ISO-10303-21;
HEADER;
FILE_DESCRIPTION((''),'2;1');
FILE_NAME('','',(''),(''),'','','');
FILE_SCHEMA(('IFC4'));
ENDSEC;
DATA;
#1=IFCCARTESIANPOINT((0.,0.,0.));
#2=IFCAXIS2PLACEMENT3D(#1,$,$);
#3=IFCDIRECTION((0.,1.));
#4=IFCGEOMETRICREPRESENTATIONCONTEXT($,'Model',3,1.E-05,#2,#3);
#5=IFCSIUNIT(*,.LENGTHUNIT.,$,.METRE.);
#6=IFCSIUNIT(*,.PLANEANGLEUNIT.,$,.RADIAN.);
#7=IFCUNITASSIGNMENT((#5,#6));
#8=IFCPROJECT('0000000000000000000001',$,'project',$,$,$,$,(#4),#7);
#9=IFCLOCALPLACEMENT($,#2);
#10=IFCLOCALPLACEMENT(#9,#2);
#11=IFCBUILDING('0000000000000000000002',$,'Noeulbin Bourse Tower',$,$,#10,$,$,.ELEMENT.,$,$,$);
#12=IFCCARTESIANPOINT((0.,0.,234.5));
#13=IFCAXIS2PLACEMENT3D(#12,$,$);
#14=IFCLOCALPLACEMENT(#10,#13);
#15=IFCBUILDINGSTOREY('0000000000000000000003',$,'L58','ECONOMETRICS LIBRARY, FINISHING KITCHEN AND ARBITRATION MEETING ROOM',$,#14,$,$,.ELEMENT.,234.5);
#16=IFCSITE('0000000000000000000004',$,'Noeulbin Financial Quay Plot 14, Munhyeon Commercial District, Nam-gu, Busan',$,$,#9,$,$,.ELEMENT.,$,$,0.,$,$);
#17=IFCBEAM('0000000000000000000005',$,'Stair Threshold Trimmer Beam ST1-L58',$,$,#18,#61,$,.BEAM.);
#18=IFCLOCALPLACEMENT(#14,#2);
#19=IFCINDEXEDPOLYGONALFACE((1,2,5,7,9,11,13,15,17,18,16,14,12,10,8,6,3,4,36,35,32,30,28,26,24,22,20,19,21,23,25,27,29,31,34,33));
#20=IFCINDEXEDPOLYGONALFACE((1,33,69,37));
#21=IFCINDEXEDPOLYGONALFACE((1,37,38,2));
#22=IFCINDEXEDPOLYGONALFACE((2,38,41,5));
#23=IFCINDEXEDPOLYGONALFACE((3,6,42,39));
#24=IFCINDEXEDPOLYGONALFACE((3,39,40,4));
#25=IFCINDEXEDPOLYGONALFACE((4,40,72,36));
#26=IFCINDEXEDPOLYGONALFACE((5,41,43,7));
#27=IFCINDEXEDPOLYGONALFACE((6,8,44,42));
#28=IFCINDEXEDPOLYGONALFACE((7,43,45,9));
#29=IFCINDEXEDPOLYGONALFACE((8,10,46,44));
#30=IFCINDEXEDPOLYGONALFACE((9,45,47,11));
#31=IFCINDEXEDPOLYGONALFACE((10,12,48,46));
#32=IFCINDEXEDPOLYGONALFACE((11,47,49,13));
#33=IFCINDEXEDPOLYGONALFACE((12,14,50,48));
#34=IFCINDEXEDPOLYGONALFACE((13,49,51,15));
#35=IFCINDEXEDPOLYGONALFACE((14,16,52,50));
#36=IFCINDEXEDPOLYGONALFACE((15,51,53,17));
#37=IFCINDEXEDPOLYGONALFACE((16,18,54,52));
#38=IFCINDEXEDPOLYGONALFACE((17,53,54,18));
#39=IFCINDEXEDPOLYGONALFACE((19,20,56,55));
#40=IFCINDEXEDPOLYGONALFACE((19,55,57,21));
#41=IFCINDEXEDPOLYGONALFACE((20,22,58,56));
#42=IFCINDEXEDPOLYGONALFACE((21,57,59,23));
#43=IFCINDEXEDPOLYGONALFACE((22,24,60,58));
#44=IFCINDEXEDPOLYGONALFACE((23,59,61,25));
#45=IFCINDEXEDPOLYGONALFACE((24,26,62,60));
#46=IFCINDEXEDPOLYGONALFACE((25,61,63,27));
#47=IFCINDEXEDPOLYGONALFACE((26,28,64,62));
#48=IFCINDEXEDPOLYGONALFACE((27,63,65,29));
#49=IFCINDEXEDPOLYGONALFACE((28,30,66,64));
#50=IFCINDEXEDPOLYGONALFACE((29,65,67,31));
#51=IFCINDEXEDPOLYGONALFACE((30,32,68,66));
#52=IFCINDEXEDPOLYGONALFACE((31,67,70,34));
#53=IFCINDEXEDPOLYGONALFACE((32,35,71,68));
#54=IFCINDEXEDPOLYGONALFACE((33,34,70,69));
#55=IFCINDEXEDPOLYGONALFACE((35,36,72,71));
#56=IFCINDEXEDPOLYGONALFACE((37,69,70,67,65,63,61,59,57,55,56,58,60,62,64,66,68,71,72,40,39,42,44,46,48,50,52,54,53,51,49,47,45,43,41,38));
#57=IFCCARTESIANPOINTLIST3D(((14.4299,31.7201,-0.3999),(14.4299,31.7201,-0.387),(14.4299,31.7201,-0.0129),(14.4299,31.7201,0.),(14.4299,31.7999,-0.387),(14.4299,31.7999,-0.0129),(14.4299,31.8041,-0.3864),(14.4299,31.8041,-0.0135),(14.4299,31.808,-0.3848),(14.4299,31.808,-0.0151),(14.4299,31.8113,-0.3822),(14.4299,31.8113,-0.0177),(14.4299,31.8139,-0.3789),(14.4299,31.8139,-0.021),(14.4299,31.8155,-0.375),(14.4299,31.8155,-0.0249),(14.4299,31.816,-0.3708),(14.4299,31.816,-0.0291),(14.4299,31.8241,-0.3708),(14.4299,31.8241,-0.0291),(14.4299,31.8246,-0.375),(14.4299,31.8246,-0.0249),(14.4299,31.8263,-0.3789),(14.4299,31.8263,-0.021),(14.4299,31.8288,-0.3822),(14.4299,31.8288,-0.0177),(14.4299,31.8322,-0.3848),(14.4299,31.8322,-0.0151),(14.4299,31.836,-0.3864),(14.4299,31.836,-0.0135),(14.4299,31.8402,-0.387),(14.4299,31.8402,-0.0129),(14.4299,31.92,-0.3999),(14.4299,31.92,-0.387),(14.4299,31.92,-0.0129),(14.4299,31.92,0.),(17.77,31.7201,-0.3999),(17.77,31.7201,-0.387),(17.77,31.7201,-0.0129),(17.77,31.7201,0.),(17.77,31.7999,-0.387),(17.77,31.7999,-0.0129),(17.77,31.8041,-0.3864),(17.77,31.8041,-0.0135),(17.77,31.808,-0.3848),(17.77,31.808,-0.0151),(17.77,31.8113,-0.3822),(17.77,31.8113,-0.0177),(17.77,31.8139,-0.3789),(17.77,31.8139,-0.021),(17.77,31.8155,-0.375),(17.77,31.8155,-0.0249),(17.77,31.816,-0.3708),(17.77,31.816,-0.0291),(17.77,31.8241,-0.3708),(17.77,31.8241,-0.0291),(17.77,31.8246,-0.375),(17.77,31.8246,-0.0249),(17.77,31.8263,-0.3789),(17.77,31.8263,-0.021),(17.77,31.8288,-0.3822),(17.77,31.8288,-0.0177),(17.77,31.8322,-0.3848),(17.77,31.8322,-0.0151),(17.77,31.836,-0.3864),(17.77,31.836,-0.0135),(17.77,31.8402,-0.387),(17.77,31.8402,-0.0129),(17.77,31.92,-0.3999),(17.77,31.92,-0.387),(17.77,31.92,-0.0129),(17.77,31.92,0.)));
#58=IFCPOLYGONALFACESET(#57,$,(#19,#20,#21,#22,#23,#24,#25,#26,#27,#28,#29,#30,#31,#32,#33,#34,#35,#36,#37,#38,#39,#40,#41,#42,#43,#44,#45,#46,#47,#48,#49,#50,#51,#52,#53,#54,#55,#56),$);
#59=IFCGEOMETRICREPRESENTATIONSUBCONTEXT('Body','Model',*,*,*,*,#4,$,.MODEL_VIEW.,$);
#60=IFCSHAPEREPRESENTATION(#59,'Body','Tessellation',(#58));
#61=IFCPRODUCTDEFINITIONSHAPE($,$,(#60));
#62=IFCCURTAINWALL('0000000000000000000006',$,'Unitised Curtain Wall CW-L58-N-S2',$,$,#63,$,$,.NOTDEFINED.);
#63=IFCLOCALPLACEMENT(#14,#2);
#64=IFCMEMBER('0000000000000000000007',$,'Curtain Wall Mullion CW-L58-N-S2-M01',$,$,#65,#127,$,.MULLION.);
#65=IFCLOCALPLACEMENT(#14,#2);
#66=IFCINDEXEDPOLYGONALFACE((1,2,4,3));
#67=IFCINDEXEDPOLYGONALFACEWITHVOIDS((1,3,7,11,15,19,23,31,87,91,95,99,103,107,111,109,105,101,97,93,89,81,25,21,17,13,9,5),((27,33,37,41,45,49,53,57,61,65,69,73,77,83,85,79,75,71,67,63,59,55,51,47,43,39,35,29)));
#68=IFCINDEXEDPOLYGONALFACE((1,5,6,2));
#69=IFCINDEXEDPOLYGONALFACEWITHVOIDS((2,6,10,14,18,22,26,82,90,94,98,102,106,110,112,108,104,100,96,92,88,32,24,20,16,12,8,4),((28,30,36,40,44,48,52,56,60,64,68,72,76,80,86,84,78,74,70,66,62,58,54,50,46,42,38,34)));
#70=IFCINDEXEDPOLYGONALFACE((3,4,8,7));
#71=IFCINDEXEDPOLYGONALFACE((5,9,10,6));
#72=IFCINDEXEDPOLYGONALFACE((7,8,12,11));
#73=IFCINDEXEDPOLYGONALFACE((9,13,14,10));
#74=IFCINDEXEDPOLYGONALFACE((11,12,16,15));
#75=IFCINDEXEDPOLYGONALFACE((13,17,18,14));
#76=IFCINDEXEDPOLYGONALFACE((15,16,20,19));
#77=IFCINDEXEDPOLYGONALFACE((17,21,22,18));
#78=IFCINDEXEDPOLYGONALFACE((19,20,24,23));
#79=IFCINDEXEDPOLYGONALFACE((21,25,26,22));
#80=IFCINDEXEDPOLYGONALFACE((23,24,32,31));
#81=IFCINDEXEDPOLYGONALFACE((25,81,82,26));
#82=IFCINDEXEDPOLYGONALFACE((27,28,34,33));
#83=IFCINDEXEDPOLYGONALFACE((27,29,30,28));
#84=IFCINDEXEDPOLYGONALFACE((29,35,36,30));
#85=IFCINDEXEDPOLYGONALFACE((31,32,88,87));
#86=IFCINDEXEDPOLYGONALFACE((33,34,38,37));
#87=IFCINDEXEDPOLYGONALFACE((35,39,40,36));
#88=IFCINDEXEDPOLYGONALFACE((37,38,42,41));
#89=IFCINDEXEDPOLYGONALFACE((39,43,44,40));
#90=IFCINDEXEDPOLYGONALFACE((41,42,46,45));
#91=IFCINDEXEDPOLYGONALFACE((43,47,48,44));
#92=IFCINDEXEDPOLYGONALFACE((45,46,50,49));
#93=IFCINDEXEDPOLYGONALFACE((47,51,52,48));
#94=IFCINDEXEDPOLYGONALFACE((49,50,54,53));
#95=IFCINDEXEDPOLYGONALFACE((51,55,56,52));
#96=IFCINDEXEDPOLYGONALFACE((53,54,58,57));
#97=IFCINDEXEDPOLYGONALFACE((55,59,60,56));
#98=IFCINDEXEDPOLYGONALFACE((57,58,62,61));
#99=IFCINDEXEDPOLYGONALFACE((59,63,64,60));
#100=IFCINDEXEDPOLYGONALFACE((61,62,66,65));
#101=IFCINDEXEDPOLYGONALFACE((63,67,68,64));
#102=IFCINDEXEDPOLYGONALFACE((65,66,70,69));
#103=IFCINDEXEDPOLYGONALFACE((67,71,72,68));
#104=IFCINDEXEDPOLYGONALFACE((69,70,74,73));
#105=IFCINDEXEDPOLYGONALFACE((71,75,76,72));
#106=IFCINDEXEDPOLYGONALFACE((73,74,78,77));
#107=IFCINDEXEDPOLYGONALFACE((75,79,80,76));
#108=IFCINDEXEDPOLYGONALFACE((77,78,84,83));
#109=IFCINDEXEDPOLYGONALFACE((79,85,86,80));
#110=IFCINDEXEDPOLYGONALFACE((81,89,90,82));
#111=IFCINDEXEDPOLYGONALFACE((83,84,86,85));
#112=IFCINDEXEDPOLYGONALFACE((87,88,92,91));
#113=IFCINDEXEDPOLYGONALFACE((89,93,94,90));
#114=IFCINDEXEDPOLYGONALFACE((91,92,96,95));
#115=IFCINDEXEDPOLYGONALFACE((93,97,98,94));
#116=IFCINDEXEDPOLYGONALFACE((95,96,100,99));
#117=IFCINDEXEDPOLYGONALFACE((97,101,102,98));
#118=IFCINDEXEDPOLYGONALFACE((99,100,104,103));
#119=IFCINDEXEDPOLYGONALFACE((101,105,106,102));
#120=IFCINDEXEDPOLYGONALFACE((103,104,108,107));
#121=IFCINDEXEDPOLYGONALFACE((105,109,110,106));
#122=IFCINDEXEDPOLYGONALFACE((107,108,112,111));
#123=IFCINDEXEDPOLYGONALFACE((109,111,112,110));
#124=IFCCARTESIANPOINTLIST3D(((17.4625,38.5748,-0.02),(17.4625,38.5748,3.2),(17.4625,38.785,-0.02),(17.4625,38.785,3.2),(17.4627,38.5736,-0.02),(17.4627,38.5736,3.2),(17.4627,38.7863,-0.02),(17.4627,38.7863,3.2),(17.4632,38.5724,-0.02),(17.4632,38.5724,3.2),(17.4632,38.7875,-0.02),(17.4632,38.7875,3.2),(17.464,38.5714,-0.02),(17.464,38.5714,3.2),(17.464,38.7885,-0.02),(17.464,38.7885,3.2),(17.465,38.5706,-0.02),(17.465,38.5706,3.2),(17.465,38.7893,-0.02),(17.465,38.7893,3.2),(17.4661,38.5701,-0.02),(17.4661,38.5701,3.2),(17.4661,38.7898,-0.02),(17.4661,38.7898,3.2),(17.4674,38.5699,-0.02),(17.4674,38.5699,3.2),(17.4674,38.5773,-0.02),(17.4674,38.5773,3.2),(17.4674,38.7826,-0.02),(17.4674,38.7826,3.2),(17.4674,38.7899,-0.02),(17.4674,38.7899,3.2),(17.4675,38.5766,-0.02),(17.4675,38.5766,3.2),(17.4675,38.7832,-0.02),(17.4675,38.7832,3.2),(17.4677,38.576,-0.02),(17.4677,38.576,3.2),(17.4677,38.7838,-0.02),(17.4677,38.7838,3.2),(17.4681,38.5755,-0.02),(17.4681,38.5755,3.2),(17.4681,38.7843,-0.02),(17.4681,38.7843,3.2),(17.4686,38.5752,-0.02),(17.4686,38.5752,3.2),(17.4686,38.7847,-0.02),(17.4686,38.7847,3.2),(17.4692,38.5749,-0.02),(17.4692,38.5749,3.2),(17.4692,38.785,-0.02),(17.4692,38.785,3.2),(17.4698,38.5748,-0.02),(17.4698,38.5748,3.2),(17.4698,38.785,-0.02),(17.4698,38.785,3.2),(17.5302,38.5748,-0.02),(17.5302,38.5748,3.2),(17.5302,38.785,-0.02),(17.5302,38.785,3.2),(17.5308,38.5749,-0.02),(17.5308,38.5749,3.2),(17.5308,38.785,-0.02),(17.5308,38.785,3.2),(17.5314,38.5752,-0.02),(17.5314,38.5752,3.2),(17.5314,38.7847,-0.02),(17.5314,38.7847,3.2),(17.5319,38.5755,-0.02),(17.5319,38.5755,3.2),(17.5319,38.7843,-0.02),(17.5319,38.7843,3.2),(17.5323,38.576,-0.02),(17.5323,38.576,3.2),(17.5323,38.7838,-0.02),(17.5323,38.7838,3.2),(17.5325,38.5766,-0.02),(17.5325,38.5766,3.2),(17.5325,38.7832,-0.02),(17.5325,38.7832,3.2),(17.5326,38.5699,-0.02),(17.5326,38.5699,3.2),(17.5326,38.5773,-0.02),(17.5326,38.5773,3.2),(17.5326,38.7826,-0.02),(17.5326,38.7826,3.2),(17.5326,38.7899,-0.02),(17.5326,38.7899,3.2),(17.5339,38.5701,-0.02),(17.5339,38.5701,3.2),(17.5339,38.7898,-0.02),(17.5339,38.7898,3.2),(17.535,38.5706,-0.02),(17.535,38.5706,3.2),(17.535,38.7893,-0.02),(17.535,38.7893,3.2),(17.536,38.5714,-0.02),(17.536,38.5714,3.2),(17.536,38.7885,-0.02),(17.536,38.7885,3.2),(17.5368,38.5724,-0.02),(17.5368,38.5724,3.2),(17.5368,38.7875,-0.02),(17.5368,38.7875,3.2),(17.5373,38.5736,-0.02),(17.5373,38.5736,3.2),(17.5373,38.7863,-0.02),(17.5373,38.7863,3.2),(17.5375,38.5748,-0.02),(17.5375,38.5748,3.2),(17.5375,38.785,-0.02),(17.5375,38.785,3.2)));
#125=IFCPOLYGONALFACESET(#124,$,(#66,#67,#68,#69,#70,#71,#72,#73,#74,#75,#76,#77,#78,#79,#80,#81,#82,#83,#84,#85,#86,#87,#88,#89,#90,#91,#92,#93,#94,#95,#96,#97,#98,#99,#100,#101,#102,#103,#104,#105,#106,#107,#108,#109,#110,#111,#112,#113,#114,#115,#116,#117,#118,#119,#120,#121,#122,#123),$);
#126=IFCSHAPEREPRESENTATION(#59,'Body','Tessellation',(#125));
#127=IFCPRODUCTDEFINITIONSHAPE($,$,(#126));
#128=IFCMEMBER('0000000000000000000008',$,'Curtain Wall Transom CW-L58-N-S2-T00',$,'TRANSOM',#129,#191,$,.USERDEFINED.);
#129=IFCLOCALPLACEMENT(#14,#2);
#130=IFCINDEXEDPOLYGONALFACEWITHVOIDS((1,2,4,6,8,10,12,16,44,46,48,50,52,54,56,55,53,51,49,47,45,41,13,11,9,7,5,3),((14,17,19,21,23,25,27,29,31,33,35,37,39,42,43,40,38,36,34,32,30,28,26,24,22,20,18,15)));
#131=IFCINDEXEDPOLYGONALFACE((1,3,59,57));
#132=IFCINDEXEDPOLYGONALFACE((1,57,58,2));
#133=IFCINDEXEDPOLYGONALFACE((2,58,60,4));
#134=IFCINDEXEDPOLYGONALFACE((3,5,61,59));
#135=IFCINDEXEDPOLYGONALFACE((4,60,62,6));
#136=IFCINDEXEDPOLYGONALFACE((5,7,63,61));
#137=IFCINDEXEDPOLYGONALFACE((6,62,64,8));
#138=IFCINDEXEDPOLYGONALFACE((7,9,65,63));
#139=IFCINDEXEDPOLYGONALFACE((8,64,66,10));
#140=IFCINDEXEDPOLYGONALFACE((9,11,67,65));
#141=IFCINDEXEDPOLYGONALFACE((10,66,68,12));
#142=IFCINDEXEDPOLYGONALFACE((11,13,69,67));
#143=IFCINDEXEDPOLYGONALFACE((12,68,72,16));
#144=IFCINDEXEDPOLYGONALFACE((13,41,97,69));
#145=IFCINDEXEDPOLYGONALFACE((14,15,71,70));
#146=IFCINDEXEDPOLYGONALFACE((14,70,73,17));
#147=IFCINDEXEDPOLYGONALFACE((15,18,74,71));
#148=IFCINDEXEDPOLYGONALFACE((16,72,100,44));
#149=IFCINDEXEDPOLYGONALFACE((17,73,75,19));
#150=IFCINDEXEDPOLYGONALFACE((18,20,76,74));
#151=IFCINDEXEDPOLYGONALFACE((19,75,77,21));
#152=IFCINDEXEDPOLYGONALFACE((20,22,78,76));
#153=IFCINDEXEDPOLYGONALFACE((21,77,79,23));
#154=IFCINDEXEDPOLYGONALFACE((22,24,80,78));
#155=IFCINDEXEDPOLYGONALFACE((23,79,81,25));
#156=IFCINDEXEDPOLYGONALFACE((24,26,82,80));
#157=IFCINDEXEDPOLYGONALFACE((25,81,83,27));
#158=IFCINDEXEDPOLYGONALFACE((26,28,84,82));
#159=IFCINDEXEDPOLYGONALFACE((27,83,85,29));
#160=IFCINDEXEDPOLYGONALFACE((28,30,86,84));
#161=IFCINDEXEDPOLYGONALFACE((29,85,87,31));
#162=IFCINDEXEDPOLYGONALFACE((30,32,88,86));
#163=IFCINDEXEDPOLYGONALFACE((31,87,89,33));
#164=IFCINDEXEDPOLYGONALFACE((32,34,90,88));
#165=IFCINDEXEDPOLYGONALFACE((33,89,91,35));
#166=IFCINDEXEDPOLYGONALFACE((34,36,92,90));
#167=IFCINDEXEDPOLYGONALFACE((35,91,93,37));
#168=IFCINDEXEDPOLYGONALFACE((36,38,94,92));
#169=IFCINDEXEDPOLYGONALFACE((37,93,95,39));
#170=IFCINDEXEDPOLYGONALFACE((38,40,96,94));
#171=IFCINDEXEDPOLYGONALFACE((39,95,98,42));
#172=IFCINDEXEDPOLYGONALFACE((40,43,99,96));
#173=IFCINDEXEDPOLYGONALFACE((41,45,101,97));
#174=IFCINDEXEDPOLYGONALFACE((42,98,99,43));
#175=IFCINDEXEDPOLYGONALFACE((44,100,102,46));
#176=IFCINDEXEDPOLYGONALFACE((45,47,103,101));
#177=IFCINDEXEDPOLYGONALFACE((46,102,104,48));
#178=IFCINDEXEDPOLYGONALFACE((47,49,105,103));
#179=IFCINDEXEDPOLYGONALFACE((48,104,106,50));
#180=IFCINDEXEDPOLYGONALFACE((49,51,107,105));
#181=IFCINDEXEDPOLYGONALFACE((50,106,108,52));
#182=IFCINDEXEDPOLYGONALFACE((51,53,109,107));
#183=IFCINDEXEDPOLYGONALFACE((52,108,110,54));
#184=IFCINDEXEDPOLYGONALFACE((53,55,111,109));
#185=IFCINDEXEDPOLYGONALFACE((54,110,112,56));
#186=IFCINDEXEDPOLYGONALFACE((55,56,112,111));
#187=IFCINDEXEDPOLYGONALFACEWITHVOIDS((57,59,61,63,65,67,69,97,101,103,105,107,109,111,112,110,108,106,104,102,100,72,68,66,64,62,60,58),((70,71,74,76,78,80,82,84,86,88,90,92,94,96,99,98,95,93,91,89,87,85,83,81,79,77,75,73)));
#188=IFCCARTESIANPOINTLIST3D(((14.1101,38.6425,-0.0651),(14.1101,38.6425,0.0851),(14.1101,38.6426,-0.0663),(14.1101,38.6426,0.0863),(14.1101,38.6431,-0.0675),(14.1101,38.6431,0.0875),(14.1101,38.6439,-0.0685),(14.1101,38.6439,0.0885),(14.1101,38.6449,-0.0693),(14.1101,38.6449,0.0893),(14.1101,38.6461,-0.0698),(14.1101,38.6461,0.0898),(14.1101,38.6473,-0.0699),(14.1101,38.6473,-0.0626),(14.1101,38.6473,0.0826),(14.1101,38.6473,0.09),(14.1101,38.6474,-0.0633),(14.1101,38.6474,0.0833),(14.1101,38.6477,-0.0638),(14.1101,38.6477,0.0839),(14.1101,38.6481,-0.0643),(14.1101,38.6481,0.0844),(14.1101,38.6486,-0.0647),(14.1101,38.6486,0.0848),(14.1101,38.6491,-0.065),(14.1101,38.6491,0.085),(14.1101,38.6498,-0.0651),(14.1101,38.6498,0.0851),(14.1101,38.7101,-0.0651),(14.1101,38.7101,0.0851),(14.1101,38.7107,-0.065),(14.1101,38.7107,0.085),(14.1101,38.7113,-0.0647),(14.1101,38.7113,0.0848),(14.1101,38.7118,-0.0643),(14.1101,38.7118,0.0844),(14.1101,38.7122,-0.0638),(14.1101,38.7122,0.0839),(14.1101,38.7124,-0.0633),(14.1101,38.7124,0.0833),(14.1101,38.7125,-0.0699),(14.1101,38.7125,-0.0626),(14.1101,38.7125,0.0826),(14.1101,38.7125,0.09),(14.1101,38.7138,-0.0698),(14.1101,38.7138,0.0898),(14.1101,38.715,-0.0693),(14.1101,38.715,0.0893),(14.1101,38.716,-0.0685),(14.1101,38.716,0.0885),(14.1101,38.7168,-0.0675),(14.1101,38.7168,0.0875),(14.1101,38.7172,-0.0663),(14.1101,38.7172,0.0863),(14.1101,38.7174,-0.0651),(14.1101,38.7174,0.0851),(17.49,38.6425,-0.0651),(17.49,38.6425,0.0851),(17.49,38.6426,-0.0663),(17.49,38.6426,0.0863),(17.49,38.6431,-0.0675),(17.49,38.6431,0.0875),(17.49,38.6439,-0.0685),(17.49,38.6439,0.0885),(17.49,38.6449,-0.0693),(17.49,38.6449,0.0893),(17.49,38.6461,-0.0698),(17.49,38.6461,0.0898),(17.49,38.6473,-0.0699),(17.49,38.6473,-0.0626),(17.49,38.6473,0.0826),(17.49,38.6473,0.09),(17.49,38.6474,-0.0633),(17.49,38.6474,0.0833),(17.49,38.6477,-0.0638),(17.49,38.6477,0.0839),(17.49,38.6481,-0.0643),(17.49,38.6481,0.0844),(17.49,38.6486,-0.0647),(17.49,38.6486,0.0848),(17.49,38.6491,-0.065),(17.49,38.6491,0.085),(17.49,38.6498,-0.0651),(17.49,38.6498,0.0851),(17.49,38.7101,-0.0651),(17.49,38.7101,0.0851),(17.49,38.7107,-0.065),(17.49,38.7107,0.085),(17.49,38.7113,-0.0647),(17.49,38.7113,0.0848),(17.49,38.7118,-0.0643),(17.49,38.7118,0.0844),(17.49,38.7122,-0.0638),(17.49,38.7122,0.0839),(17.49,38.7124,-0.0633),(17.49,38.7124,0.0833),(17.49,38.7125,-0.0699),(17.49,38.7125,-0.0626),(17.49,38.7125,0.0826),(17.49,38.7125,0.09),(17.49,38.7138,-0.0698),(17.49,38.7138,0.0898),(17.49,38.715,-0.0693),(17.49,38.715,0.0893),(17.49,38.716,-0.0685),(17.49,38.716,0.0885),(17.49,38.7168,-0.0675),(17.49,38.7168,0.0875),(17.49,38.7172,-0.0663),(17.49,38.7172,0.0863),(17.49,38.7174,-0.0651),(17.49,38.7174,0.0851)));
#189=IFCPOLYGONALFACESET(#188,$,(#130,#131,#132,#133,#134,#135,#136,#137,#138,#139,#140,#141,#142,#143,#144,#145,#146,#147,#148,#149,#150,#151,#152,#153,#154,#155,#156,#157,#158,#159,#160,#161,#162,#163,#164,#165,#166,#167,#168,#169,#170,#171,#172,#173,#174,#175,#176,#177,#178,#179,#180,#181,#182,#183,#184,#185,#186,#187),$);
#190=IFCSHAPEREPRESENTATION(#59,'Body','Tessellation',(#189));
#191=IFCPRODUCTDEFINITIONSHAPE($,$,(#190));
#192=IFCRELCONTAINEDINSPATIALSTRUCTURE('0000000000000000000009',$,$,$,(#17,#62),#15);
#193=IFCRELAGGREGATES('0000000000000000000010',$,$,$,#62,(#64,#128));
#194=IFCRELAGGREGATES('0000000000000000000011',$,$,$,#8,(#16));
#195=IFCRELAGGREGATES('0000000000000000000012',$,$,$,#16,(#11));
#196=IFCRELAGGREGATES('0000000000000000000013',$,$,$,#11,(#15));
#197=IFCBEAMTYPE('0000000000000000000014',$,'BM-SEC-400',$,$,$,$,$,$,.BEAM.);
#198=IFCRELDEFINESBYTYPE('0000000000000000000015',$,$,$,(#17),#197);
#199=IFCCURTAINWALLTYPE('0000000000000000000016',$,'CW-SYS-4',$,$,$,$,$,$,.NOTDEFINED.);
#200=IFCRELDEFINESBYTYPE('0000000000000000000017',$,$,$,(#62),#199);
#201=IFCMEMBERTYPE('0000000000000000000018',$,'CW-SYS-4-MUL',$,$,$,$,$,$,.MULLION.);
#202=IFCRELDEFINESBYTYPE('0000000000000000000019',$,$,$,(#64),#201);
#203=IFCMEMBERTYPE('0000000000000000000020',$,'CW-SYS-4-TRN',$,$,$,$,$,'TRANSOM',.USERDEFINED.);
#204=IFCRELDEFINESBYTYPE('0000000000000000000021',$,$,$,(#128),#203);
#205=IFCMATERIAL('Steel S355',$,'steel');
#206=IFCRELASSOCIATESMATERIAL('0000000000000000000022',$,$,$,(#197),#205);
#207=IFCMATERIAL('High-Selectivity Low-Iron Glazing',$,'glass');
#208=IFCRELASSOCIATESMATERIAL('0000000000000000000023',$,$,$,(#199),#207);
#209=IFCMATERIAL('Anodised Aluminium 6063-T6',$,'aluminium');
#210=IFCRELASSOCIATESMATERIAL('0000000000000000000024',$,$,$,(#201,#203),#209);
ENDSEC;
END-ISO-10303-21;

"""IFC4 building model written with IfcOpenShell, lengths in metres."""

from ifc_helpers import new_model, si_unit, direction, frame, origin, origin_2d, place, context, subcontext, project, spatial, hollow_rectangle, i_section, extrude, material, material_profile, profile_set, type_object, element, aggregate, save


model = new_model("IFC4")

# Units and contexts
model_context = context("Model", 3, precision=1e-05, world=origin(), true_north=direction((0.0, 1.0)))
body_context = subcontext(model_context, "Body", "Model", "MODEL_VIEW")
ifc_project = project(units=[si_unit("LENGTHUNIT", "METRE"), si_unit("PLANEANGLEUNIT", "RADIAN")], contexts=[model_context])

# Site, building, storey
site_placement = place(None, origin())
site = spatial("IfcSite", under=ifc_project, at=site_placement, Name="Noeulbin Financial Quay Plot 14, Munhyeon Commercial District, Nam-gu, Busan", CompositionType="ELEMENT", RefElevation=0.0)
building_placement = place(site_placement, origin())
building = spatial("IfcBuilding", under=site, at=building_placement, Name="Noeulbin Bourse Tower", CompositionType="ELEMENT")
storey_placement = place(building_placement, frame((0.0, 0.0, 234.5)))
storey = spatial("IfcBuildingStorey", under=building, at=storey_placement, Name="L58", Description="ECONOMETRICS LIBRARY, FINISHING KITCHEN AND ARBITRATION MEETING ROOM", CompositionType="ELEMENT", Elevation=234.5)

# Beam
ifc_material_1 = material(Name="Steel S355", Category="steel")
ifc_material_profile_1 = material_profile(ifc_material_1, i_section(OverallWidth=0.2, OverallDepth=0.3999, WebThickness=0.0081, FlangeThickness=0.0129, FilletRadius=0.0161, at=origin_2d()), Name="H-400x200x8x13", Category="LoadBearing")
ifc_profile_set_1 = profile_set([ifc_material_profile_1], Name="Steel S355")
beam_type = type_object("IfcBeamType", Name="BM-SEC-400", PredefinedType="BEAM", material=ifc_profile_set_1)
beam_placement = place(storey_placement, frame((14.4299, 31.8201, -0.2), z_axis=(1.0, 0.0, 0.0), x_axis=(0.0, 1.0, 0.0)))
element("IfcBeam", 1, at=beam_placement, inside=storey, type_object=beam_type, Name="Stair Threshold Trimmer Beam ST1-L58", PredefinedType="BEAM", context=body_context, shape_type="SweptSolid", body=[
    extrude(i_section(OverallWidth=0.2, OverallDepth=0.3999, WebThickness=0.0081, FlangeThickness=0.0129, FilletRadius=0.0161, at=origin_2d()), origin(), (0.0, 0.0, 1.0), 3.3401),
])

# Curtain wall, members
ifc_material_2 = material(Name="High-Selectivity Low-Iron Glazing", Category="glass")
curtain_wall_type = type_object("IfcCurtainWallType", Name="CW-SYS-4", PredefinedType="NOTDEFINED", material=ifc_material_2)
curtain_wall_placement = place(storey_placement, origin())
curtain_wall = element("IfcCurtainWall", 2, at=curtain_wall_placement, inside=storey, type_object=curtain_wall_type, Name="Unitised Curtain Wall CW-L58-N-S2", PredefinedType="NOTDEFINED")
ifc_material_3 = material(Name="Anodised Aluminium 6063-T6", Category="aluminium")
ifc_material_profile_2 = material_profile(ifc_material_3, hollow_rectangle(XDim=0.075, YDim=0.22, WallThickness=0.0049, InnerFilletRadius=0.0024, OuterFilletRadius=0.0049, at=origin_2d()), Name="ALU-MULL-75x220x5", Category="LoadBearing")
ifc_profile_set_2 = profile_set([ifc_material_profile_2], Name="Anodised Aluminium 6063-T6")
member_type_1 = type_object("IfcMemberType", Name="CW-SYS-4-MUL", PredefinedType="MULLION", material=ifc_profile_set_2)
member_1_placement = place(storey_placement, frame((17.5, 38.6799, -0.02), z_axis=(0.0, 0.0, 1.0), x_axis=(1.0, 0.0, 0.0)))
member_1 = element("IfcMember", 3, at=member_1_placement, type_object=member_type_1, Name="Curtain Wall Mullion CW-L58-N-S2-M01", PredefinedType="MULLION", context=body_context, shape_type="SweptSolid", body=[
    extrude(hollow_rectangle(XDim=0.075, YDim=0.22, WallThickness=0.0049, InnerFilletRadius=0.0024, OuterFilletRadius=0.0049, at=origin_2d()), origin(), (0.0, 0.0, 1.0), 3.22),
])
ifc_material_profile_3 = material_profile(ifc_material_3, hollow_rectangle(XDim=0.075, YDim=0.1599, WallThickness=0.0049, InnerFilletRadius=0.0024, OuterFilletRadius=0.0049, at=origin_2d()), Name="ALU-TRAN-75x160x5", Category="LoadBearing")
ifc_profile_set_3 = profile_set([ifc_material_profile_3], Name="Anodised Aluminium 6063-T6")
member_type_2 = type_object("IfcMemberType", Name="CW-SYS-4-TRN", ElementType="TRANSOM", PredefinedType="USERDEFINED", material=ifc_profile_set_3)
member_2_placement = place(storey_placement, frame((14.1101, 38.6799, 0.01), z_axis=(1.0, 0.0, 0.0), x_axis=(0.0, 1.0, 0.0)))
member_2 = element("IfcMember", 4, at=member_2_placement, type_object=member_type_2, Name="Curtain Wall Transom CW-L58-N-S2-T00", ObjectType="TRANSOM", PredefinedType="USERDEFINED", context=body_context, shape_type="SweptSolid", body=[
    extrude(hollow_rectangle(XDim=0.075, YDim=0.1599, WallThickness=0.0049, InnerFilletRadius=0.0024, OuterFilletRadius=0.0049, at=origin_2d()), origin(), (0.0, 0.0, 1.0), 3.3799),
])
aggregate(curtain_wall, [member_1, member_2])

save(model, "model.ifc")
